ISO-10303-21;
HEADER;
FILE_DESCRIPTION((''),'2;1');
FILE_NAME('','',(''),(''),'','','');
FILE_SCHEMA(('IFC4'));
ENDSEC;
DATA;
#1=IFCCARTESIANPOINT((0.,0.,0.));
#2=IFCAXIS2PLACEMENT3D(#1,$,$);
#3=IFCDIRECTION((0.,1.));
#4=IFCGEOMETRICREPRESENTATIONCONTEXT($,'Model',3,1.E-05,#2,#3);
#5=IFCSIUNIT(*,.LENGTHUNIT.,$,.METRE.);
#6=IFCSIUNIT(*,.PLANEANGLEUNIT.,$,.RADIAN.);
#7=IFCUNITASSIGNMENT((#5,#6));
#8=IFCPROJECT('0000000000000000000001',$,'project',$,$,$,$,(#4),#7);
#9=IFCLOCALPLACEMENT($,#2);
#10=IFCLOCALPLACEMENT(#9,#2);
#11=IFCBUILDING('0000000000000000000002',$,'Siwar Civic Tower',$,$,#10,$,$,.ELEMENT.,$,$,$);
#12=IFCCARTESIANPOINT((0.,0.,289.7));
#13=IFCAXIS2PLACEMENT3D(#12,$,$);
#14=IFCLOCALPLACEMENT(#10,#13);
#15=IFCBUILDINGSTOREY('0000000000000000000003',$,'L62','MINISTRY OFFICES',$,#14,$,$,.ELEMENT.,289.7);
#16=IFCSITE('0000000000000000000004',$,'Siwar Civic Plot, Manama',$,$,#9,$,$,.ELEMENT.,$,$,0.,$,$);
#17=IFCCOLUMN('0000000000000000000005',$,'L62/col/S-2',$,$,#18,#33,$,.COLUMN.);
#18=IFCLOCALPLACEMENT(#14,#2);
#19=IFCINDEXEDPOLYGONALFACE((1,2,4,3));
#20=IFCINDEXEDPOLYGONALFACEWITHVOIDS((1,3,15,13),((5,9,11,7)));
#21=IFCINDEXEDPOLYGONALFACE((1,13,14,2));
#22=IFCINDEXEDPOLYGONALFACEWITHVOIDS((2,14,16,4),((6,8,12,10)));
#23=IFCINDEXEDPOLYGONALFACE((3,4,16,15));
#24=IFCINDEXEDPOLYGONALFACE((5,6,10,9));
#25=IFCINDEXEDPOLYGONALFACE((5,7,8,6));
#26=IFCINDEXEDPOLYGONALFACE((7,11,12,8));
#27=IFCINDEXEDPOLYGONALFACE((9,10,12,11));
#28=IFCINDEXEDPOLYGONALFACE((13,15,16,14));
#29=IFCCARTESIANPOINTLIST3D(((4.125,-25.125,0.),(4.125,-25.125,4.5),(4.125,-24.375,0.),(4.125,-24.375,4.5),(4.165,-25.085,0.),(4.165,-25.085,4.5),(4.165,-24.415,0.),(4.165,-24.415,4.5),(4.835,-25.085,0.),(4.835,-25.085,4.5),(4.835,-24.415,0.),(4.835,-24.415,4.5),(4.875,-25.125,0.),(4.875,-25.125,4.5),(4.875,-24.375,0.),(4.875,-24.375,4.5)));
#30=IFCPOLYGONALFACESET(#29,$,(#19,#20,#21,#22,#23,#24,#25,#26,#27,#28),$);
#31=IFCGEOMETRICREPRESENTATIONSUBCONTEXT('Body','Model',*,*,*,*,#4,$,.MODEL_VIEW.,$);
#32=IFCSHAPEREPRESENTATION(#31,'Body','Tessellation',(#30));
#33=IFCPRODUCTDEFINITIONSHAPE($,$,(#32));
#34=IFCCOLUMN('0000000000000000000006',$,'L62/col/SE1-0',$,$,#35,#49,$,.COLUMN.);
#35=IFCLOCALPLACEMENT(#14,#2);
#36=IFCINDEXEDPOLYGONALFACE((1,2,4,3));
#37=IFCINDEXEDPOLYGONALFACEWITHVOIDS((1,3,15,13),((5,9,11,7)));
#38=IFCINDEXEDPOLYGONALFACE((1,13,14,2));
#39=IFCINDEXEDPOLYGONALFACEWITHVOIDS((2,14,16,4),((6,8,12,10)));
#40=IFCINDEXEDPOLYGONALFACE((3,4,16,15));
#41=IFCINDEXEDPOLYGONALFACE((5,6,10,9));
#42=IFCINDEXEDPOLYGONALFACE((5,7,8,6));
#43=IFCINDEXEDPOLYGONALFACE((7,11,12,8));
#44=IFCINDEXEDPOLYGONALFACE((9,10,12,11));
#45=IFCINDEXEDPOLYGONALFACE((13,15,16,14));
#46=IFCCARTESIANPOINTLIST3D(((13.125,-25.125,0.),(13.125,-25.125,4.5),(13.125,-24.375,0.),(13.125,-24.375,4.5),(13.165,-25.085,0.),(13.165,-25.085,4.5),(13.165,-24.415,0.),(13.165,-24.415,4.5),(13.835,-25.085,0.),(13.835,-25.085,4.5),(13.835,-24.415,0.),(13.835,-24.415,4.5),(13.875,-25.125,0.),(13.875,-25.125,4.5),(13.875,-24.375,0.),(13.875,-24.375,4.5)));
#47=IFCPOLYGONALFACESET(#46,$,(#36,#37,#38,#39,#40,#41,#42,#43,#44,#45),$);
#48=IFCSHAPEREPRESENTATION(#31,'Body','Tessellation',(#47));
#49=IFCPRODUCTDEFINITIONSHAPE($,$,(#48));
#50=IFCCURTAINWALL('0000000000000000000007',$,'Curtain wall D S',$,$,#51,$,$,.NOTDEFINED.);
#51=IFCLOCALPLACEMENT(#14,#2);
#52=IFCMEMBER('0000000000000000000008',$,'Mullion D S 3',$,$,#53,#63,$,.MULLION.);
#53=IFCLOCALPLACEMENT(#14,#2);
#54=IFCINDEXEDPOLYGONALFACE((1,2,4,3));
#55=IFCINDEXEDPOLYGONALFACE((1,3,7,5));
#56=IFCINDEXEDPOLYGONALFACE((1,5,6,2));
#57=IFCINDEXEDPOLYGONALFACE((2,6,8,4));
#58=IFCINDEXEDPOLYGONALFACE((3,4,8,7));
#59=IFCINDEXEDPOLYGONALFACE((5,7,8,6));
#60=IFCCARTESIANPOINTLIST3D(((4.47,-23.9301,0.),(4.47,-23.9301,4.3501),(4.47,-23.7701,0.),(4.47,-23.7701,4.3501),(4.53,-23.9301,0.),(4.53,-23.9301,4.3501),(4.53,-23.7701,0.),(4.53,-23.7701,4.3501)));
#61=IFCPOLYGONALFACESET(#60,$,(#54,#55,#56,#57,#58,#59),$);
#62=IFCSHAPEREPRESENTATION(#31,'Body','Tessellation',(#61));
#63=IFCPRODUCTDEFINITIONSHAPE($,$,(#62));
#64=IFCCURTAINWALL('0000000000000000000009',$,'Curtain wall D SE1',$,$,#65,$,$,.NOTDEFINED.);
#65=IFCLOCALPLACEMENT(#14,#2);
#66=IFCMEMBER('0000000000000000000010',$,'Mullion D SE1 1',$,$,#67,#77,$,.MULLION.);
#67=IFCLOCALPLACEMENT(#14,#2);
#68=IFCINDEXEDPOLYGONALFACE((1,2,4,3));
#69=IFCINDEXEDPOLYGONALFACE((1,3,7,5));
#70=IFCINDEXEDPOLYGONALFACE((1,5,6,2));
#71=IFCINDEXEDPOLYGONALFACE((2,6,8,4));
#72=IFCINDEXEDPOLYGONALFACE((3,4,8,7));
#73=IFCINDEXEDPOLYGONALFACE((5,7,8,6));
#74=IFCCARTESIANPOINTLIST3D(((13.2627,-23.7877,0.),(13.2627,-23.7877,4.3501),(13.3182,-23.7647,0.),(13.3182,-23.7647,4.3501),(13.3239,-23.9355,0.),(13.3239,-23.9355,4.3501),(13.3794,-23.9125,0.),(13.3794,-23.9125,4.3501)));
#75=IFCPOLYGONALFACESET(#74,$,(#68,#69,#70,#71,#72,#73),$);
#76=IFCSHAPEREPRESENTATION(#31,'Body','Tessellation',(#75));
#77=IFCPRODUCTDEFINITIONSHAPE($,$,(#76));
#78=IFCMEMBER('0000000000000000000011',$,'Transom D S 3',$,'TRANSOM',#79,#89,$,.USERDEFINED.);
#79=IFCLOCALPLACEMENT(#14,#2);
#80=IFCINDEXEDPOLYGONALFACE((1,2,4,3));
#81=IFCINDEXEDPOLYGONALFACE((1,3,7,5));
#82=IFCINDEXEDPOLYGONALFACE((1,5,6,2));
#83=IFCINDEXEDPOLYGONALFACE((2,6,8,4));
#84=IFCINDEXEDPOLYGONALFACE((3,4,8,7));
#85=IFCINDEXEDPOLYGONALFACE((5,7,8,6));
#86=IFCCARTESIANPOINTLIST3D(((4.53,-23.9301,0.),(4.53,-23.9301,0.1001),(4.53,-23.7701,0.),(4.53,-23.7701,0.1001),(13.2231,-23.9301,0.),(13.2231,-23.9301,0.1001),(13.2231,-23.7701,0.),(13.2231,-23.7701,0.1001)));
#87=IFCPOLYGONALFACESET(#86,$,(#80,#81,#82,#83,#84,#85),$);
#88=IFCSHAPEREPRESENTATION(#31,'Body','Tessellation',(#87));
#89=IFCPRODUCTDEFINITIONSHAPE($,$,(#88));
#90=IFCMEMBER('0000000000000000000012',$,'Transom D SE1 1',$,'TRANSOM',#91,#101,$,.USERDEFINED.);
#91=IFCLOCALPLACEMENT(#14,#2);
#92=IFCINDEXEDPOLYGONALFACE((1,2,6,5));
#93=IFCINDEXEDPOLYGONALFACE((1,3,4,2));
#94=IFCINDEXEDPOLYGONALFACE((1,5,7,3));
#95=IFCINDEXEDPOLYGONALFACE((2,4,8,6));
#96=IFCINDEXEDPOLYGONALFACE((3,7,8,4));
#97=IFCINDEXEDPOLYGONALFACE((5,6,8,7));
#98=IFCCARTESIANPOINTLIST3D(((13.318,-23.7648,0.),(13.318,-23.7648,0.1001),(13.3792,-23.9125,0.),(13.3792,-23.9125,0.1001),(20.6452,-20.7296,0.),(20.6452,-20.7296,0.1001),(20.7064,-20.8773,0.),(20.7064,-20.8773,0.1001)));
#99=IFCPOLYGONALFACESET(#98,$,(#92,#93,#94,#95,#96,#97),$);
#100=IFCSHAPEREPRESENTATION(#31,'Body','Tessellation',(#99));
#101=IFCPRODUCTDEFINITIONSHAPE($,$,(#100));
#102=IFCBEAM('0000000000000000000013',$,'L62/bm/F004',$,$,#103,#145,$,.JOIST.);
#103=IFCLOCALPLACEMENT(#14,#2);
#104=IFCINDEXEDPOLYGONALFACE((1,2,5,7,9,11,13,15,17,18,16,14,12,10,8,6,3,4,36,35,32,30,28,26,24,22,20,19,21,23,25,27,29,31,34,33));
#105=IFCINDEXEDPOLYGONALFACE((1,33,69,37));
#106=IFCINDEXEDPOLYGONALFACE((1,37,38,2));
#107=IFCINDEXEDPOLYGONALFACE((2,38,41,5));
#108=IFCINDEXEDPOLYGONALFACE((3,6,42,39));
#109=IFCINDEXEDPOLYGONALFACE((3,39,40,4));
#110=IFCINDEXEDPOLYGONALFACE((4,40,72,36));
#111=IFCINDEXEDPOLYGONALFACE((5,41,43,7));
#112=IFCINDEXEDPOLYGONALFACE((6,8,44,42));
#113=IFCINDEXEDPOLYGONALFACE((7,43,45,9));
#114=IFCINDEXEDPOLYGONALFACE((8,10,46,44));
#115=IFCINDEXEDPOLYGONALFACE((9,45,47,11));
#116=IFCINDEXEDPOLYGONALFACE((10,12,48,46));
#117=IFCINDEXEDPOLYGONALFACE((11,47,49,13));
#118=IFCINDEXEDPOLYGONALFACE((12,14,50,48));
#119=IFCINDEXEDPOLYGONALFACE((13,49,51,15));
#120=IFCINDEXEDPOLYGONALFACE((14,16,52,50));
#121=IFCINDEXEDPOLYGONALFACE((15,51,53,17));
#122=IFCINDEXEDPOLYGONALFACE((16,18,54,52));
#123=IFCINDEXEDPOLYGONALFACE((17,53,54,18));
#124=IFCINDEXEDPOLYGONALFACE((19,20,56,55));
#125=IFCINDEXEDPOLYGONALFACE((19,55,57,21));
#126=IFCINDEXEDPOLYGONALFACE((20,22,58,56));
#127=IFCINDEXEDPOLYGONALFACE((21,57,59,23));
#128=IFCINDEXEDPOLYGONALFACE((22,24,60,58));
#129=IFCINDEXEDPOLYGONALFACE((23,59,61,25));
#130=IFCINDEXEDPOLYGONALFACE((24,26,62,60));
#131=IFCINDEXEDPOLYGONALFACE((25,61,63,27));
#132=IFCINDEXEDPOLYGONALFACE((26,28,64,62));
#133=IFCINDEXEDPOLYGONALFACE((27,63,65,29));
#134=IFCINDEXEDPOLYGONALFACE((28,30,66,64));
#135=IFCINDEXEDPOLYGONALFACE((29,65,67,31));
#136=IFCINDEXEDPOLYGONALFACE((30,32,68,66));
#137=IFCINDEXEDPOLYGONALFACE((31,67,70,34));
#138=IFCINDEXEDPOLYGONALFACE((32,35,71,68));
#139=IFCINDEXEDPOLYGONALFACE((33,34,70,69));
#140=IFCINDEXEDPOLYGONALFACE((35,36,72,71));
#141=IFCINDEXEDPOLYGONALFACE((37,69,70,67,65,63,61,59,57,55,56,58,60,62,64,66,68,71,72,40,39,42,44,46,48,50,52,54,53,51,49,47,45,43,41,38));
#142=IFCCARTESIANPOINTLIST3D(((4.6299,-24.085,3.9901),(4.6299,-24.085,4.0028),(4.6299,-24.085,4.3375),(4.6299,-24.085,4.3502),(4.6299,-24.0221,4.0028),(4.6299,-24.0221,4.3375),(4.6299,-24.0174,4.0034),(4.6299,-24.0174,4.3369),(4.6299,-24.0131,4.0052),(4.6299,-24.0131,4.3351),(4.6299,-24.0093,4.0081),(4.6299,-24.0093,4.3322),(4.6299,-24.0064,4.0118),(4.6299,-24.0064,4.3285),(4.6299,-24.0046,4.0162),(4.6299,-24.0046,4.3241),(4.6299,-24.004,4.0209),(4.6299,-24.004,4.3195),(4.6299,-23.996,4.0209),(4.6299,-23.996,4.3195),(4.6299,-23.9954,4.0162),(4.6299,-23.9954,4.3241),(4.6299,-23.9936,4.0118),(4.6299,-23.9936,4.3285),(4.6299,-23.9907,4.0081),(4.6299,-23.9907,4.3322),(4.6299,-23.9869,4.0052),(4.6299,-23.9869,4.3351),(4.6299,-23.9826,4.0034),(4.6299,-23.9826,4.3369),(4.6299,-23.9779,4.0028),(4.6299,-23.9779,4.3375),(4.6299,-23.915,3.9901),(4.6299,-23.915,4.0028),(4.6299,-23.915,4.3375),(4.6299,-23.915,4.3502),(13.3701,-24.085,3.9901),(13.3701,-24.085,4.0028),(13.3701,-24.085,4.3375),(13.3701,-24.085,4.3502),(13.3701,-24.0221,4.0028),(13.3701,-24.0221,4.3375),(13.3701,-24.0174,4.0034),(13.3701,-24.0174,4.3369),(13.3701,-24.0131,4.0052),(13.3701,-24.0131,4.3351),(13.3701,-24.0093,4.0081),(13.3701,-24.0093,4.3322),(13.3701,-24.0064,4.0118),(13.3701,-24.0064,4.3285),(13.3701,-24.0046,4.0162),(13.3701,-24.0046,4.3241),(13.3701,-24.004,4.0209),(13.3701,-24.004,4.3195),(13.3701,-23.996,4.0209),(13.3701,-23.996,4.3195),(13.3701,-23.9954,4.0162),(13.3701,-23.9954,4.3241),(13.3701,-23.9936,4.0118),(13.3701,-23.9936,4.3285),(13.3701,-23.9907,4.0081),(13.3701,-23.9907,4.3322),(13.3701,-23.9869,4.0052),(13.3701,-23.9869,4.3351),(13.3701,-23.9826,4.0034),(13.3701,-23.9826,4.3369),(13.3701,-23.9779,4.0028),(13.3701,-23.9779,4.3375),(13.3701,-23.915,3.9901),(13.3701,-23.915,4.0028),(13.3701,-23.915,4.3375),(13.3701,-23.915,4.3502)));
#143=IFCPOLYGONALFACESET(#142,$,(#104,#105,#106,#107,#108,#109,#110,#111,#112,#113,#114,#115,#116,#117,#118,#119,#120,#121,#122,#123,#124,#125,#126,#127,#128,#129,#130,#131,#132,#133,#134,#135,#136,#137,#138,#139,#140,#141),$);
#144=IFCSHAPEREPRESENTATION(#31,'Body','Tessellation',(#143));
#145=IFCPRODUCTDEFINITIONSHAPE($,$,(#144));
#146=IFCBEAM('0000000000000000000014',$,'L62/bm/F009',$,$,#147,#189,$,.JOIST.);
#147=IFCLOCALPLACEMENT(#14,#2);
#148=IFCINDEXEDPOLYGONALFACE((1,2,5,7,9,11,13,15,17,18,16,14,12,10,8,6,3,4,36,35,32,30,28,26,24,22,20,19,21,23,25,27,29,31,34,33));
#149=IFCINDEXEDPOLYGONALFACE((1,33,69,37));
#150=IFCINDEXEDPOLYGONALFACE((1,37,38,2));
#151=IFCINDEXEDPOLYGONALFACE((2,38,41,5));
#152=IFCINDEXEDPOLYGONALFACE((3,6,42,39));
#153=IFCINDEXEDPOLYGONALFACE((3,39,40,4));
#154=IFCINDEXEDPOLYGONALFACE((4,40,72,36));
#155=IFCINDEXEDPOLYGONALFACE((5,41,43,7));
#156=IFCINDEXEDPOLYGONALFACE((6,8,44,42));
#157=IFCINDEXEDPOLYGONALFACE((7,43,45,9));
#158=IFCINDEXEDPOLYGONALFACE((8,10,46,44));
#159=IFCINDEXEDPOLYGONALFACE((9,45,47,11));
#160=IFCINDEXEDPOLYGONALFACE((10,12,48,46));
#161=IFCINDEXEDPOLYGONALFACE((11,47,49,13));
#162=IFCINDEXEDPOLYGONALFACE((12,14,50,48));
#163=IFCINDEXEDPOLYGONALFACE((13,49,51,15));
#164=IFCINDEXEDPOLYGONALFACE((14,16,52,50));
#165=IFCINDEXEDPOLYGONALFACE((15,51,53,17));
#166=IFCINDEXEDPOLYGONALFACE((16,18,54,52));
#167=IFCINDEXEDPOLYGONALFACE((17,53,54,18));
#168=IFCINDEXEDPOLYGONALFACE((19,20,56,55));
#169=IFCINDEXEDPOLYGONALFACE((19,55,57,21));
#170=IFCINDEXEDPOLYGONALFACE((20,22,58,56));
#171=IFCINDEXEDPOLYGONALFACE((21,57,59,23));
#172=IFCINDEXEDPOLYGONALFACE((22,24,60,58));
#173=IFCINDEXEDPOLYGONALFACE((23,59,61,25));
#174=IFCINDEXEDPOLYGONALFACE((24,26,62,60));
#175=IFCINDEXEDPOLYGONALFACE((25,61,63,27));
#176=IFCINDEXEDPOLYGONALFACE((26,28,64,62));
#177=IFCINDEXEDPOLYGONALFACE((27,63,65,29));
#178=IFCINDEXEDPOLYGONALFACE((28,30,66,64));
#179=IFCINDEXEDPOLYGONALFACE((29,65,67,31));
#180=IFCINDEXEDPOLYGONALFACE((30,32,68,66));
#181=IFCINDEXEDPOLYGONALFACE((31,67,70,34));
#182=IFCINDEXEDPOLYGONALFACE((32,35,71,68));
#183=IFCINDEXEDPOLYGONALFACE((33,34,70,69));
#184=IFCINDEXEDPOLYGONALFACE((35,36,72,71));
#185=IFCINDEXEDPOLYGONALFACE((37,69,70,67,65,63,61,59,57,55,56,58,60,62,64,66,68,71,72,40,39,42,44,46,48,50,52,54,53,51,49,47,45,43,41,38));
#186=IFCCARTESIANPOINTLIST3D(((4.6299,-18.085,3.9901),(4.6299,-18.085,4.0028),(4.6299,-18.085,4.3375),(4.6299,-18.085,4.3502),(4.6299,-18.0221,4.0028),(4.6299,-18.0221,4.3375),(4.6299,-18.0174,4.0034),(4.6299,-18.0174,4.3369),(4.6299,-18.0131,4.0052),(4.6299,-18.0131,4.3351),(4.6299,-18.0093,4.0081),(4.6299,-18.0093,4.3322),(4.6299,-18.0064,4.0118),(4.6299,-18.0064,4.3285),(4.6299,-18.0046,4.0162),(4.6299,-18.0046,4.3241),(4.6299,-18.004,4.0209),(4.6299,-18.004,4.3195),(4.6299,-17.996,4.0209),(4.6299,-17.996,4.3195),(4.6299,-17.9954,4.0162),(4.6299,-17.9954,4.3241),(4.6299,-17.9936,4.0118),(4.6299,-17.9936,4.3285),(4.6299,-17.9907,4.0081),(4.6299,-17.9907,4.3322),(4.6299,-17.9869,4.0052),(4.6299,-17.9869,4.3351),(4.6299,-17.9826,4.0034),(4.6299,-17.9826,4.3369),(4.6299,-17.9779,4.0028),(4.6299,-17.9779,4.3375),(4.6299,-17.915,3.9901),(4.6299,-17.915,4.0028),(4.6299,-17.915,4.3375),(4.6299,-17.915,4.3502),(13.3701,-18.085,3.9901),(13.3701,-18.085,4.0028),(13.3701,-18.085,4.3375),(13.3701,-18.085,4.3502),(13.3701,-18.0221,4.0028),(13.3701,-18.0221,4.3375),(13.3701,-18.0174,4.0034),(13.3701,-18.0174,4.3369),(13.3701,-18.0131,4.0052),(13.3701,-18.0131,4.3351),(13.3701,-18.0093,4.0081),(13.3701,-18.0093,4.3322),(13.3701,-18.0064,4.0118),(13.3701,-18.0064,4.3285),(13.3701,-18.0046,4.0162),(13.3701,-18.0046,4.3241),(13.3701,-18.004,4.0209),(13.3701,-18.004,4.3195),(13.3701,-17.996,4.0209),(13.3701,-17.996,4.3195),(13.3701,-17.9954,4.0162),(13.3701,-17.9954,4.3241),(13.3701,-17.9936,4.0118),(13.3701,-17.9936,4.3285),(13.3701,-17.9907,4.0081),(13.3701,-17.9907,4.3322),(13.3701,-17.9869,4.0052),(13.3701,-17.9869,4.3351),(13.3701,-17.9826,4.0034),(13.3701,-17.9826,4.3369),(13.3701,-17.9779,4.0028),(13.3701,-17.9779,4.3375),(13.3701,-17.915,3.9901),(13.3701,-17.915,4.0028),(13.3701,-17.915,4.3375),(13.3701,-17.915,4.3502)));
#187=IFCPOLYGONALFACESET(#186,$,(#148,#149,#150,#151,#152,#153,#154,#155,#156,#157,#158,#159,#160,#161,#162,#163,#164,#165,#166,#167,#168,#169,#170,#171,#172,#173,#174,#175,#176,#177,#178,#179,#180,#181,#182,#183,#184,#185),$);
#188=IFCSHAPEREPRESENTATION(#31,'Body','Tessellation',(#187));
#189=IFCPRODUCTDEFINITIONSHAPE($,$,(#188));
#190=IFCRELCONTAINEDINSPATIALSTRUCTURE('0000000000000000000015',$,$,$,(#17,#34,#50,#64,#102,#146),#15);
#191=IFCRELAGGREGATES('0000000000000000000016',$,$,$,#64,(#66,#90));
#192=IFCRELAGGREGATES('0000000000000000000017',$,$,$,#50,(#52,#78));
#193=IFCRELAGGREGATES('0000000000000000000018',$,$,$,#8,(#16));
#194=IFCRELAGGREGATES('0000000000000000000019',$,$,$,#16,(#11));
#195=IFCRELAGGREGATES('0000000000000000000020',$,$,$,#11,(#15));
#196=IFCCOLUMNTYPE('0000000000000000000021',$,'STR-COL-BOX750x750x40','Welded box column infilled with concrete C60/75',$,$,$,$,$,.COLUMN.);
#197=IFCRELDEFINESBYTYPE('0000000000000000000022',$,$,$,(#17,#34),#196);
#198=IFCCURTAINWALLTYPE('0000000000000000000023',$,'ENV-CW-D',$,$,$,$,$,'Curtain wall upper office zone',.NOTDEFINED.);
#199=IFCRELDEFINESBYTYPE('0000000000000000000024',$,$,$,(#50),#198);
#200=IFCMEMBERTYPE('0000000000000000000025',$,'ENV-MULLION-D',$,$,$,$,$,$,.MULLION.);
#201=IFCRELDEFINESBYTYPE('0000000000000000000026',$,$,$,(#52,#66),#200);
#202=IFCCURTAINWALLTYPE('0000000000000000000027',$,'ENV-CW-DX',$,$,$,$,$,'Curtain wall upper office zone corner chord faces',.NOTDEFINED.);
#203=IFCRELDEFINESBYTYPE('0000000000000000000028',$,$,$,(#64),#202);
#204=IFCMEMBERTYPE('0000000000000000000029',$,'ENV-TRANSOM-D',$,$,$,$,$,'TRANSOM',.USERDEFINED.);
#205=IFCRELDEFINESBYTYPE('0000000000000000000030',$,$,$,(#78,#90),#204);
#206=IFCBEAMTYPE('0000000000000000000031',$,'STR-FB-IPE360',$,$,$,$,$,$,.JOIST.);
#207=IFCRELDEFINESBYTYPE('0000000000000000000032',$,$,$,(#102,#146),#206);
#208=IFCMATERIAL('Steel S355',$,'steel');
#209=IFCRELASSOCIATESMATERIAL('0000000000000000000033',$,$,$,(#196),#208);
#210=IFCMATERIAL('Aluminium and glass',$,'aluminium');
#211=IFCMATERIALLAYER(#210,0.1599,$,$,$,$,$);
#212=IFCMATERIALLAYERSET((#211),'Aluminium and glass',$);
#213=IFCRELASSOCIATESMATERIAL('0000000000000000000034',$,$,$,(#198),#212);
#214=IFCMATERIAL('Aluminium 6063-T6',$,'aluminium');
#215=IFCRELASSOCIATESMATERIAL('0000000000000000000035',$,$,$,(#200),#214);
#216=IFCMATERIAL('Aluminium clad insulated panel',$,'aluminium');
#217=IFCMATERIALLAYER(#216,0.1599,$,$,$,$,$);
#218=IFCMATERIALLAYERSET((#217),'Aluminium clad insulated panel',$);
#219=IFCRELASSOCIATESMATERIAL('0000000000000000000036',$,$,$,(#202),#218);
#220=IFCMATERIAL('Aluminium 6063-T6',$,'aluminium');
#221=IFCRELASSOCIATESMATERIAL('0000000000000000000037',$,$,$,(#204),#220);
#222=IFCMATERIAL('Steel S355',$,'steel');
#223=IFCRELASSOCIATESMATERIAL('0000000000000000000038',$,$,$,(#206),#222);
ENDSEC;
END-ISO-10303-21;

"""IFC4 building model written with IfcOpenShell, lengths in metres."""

from ifc_helpers import new_model, si_unit, direction, frame, origin, origin_2d, place, context, subcontext, project, spatial, rectangle, hollow_rectangle, i_section, extrude, material, layer, layer_set, material_profile, profile_set, type_object, element, aggregate, save


model = new_model("IFC4")

# Units and contexts
model_context = context("Model", 3, precision=1e-05, world=origin(), true_north=direction((0.0, 1.0)))
body_context = subcontext(model_context, "Body", "Model", "MODEL_VIEW")
ifc_project = project(units=[si_unit("LENGTHUNIT", "METRE"), si_unit("PLANEANGLEUNIT", "RADIAN")], contexts=[model_context])

# Site, building, storey
site_placement = place(None, origin())
site = spatial("IfcSite", under=ifc_project, at=site_placement, Name="Siwar Civic Plot, Manama", CompositionType="ELEMENT", RefElevation=0.0)
building_placement = place(site_placement, origin())
building = spatial("IfcBuilding", under=site, at=building_placement, Name="Siwar Civic Tower", CompositionType="ELEMENT")
storey_placement = place(building_placement, frame((0.0, 0.0, 289.7)))
storey = spatial("IfcBuildingStorey", under=building, at=storey_placement, Name="L62", Description="MINISTRY OFFICES", CompositionType="ELEMENT", Elevation=289.7)

# Columns
ifc_material_1 = material(Name="Steel S355", Category="steel")
ifc_material_profile_1 = material_profile(ifc_material_1, hollow_rectangle(XDim=0.75, YDim=0.75, WallThickness=0.04, at=origin_2d()), Name="BOX750x750x40")
ifc_profile_set_1 = profile_set([ifc_material_profile_1], Name="Steel S355")
column_type = type_object("IfcColumnType", Name="STR-COL-BOX750x750x40", Description="Welded box column infilled with concrete C60/75", PredefinedType="COLUMN", material=ifc_profile_set_1)
for number, where, z_axis, x_axis, name in (
    (1, (4.5, -24.75, 0.0), (0.0, 0.0, 1.0), (1.0, 0.0, 0.0), "L62/col/S-2"),
    (2, (13.5, -24.75, 0.0), (0.0, 0.0, 1.0), (1.0, 0.0, 0.0), "L62/col/SE1-0"),
):
    element("IfcColumn", number, at=place(storey_placement, frame(where, z_axis=z_axis, x_axis=x_axis)), inside=storey, type_object=column_type, Name=name, PredefinedType="COLUMN", context=body_context, shape_type="SweptSolid", body=[
        extrude(hollow_rectangle(XDim=0.75, YDim=0.75, WallThickness=0.04, at=origin_2d()), origin(), (0.0, 0.0, 1.0), 4.5),
    ])

# Curtain walls, members
ifc_material_2 = material(Name="Aluminium and glass", Category="aluminium")
ifc_layer_1 = layer(ifc_material_2, 0.1599)
ifc_layer_set_1 = layer_set([ifc_layer_1], Name="Aluminium and glass")
curtain_wall_type_1 = type_object("IfcCurtainWallType", Name="ENV-CW-D", ElementType="Curtain wall upper office zone", PredefinedType="NOTDEFINED", material=ifc_layer_set_1)
curtain_wall_1_placement = place(storey_placement, origin())
curtain_wall_1 = element("IfcCurtainWall", 3, at=curtain_wall_1_placement, inside=storey, type_object=curtain_wall_type_1, Name="Curtain wall D S", PredefinedType="NOTDEFINED")
ifc_material_3 = material(Name="Aluminium 6063-T6", Category="aluminium")
ifc_material_profile_2 = material_profile(ifc_material_3, rectangle(XDim=0.1599, YDim=0.0601, at=origin_2d()), Name="AL 160x60")
ifc_profile_set_2 = profile_set([ifc_material_profile_2], Name="Aluminium 6063-T6")
member_type_1 = type_object("IfcMemberType", Name="ENV-MULLION-D", PredefinedType="MULLION", material=ifc_profile_set_2)
member_1_placement = place(storey_placement, frame((4.5, -23.8501, 0.0), z_axis=(0.0, 0.0, 1.0), x_axis=(0.0, 1.0, 0.0)))
member_1 = element("IfcMember", 4, at=member_1_placement, type_object=member_type_1, Name="Mullion D S 3", PredefinedType="MULLION", context=body_context, shape_type="SweptSolid", body=[
    extrude(rectangle(XDim=0.1599, YDim=0.0601, at=origin_2d()), origin(), (0.0, 0.0, 1.0), 4.3501),
])
ifc_material_4 = material(Name="Aluminium clad insulated panel", Category="aluminium")
ifc_layer_2 = layer(ifc_material_4, 0.1599)
ifc_layer_set_2 = layer_set([ifc_layer_2], Name="Aluminium clad insulated panel")
curtain_wall_type_2 = type_object("IfcCurtainWallType", Name="ENV-CW-DX", ElementType="Curtain wall upper office zone corner chord faces", PredefinedType="NOTDEFINED", material=ifc_layer_set_2)
curtain_wall_2_placement = place(storey_placement, origin())
curtain_wall_2 = element("IfcCurtainWall", 5, at=curtain_wall_2_placement, inside=storey, type_object=curtain_wall_type_2, Name="Curtain wall D SE1", PredefinedType="NOTDEFINED")
member_2_placement = place(storey_placement, frame((13.321, -23.8501, 0.0), z_axis=(0.0, 0.0, 1.0), x_axis=(-0.382683, 0.92388, 0.0)))
member_2 = element("IfcMember", 6, at=member_2_placement, type_object=member_type_1, Name="Mullion D SE1 1", PredefinedType="MULLION", context=body_context, shape_type="SweptSolid", body=[
    extrude(rectangle(XDim=0.1599, YDim=0.0601, at=origin_2d()), origin(), (0.0, 0.0, 1.0), 4.3501),
])

# Members
ifc_material_5 = material(Name="Aluminium 6063-T6", Category="aluminium")
ifc_material_profile_3 = material_profile(ifc_material_5, rectangle(XDim=0.1599, YDim=0.1001, at=origin_2d()), Name="AL 160x100")
ifc_profile_set_3 = profile_set([ifc_material_profile_3], Name="Aluminium 6063-T6")
member_type_2 = type_object("IfcMemberType", Name="ENV-TRANSOM-D", ElementType="TRANSOM", PredefinedType="USERDEFINED", material=ifc_profile_set_3)
member_3_placement = place(storey_placement, frame((4.53, -23.8501, 0.05), z_axis=(1.0, 0.0, 0.0), x_axis=(0.0, 1.0, 0.0)))
member_3 = element("IfcMember", 7, at=member_3_placement, type_object=member_type_2, Name="Transom D S 3", ObjectType="TRANSOM", PredefinedType="USERDEFINED", context=body_context, shape_type="SweptSolid", body=[
    extrude(rectangle(XDim=0.1599, YDim=0.1001, at=origin_2d()), origin(), (0.0, 0.0, 1.0), 8.6931),
])
member_4_placement = place(storey_placement, frame((13.3486, -23.8386, 0.05), z_axis=(0.923873, 0.3827, 0.0), x_axis=(-0.3827, 0.923873, 0.0)))
member_4 = element("IfcMember", 8, at=member_4_placement, type_object=member_type_2, Name="Transom D SE1 1", ObjectType="TRANSOM", PredefinedType="USERDEFINED", context=body_context, shape_type="SweptSolid", body=[
    extrude(rectangle(XDim=0.1599, YDim=0.1001, at=origin_2d()), origin(), (0.0, 0.0, 1.0), 7.9309),
])
aggregate(curtain_wall_2, [member_2, member_4])

# Beams
ifc_material_6 = material(Name="Steel S355", Category="steel")
ifc_material_profile_4 = material_profile(ifc_material_6, i_section(OverallWidth=0.1699, OverallDepth=0.3601, WebThickness=0.0081, FlangeThickness=0.0127, FilletRadius=0.0181, at=origin_2d()), Name="IPE360")
ifc_profile_set_4 = profile_set([ifc_material_profile_4], Name="Steel S355")
beam_type_1 = type_object("IfcBeamType", Name="STR-FB-IPE360", PredefinedType="JOIST", material=ifc_profile_set_4)
for number, where, z_axis, x_axis, name in (
    (9, (4.6299, -24.0, 4.1702), (1.0, 0.0, 0.0), (0.0, 1.0, 0.0), "L62/bm/F004"),
    (10, (4.6299, -18.0, 4.1702), (1.0, 0.0, 0.0), (0.0, 1.0, 0.0), "L62/bm/F009"),
):
    element("IfcBeam", number, at=place(storey_placement, frame(where, z_axis=z_axis, x_axis=x_axis)), inside=storey, type_object=beam_type_1, Name=name, PredefinedType="JOIST", context=body_context, shape_type="SweptSolid", body=[
        extrude(i_section(OverallWidth=0.1699, OverallDepth=0.3601, WebThickness=0.0081, FlangeThickness=0.0127, FilletRadius=0.0181, at=origin_2d()), origin(), (0.0, 0.0, 1.0), 8.7402),
    ])

aggregate(curtain_wall_1, [member_1, member_3])

save(model, "model.ifc")
